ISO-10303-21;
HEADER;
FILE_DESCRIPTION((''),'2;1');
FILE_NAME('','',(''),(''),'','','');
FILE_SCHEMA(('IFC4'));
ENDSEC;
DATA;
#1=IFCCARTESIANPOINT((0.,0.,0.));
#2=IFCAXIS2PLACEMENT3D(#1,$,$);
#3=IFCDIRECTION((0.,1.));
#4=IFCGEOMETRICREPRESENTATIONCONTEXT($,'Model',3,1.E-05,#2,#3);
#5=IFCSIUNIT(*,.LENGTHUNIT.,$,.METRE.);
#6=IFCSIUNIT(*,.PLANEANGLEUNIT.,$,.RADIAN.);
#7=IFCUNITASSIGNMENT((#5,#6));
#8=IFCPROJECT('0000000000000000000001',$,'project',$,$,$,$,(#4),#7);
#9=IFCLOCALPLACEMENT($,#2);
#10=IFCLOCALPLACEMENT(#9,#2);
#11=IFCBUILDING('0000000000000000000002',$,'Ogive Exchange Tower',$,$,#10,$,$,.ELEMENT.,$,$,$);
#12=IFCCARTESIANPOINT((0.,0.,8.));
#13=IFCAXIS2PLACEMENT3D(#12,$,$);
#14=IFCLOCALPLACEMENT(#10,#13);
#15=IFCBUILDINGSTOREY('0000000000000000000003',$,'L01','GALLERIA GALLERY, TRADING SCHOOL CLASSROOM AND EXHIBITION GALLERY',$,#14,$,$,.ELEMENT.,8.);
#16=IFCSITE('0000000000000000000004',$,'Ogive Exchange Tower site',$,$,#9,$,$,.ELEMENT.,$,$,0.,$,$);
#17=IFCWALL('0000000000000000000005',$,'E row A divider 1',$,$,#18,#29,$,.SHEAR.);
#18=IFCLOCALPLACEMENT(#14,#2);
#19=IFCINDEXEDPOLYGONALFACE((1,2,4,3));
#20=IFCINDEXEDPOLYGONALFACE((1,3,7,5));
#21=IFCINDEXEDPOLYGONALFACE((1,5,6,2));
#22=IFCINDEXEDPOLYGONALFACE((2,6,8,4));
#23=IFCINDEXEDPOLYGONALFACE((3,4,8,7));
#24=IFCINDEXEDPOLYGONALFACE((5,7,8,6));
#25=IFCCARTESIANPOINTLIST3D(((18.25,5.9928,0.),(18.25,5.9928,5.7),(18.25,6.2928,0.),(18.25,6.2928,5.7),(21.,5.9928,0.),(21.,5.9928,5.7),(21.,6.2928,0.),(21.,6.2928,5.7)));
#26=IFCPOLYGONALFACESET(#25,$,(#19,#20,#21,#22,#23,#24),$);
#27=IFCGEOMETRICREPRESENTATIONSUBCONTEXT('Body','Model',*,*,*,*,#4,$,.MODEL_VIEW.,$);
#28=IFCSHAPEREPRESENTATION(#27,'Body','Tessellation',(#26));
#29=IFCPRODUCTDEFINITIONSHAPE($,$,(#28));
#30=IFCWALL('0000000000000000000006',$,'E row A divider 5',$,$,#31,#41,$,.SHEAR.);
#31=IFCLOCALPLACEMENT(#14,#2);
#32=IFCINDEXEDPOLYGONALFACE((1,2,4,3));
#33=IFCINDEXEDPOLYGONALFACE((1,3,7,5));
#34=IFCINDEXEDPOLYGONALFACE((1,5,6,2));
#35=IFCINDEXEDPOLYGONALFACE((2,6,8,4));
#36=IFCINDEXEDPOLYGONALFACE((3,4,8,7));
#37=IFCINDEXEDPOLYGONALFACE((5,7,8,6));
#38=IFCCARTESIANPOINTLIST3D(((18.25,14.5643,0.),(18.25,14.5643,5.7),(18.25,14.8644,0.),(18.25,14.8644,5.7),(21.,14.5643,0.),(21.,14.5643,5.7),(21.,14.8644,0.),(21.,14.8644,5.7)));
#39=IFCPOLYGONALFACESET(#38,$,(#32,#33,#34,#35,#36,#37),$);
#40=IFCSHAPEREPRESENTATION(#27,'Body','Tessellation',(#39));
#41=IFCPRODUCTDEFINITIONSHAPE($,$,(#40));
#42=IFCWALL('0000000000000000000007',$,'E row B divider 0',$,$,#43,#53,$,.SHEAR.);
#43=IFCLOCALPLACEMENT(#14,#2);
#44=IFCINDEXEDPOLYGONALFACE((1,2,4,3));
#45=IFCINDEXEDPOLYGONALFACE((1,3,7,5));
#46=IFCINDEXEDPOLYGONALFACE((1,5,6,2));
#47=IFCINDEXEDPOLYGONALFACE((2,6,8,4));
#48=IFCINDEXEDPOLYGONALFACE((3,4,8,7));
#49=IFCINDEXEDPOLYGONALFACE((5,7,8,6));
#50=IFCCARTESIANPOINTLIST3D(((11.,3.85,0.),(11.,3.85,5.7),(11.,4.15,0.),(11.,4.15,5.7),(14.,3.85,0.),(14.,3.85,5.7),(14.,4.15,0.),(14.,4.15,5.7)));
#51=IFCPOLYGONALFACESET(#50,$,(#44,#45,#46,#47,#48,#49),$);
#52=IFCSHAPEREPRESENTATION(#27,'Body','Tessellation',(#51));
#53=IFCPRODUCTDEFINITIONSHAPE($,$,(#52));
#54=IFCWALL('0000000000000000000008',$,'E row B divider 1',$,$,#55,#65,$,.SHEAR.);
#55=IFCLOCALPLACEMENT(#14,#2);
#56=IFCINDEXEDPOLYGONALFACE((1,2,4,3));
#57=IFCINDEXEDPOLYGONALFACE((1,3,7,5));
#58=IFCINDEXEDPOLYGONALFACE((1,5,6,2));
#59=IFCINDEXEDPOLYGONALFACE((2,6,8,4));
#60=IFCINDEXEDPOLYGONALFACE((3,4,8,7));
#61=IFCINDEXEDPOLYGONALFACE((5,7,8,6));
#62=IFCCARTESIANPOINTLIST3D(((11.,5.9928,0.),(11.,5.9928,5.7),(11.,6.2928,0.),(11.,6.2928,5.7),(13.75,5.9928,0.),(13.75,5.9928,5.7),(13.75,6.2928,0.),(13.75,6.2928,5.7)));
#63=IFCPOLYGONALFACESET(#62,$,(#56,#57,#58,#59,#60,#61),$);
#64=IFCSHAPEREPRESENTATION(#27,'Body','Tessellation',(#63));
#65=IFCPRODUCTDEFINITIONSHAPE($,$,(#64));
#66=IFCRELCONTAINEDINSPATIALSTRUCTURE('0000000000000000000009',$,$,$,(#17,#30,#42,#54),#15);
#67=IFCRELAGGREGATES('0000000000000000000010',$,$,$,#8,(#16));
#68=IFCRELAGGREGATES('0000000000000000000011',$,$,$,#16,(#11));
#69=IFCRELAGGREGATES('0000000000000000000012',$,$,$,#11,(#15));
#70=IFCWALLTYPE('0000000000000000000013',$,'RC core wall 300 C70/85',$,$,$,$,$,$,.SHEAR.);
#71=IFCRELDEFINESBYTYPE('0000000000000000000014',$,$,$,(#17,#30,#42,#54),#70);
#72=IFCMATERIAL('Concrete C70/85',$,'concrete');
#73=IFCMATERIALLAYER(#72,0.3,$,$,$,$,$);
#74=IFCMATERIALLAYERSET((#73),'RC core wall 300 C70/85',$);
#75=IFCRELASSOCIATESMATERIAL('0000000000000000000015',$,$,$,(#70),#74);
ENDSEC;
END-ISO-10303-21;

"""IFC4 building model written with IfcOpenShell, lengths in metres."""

from ifc_helpers import new_model, si_unit, direction, frame, frame_2d, origin, place, context, subcontext, project, spatial, rectangle, extrude, material, layer, layer_set, type_object, element, save


model = new_model("IFC4")

# Units and contexts
model_context = context("Model", 3, precision=1e-05, world=origin(), true_north=direction((0.0, 1.0)))
body_context = subcontext(model_context, "Body", "Model", "MODEL_VIEW")
ifc_project = project(units=[si_unit("LENGTHUNIT", "METRE"), si_unit("PLANEANGLEUNIT", "RADIAN")], contexts=[model_context])

# Site, building, storey
site_placement = place(None, origin())
site = spatial("IfcSite", under=ifc_project, at=site_placement, Name="Ogive Exchange Tower site", CompositionType="ELEMENT", RefElevation=0.0)
building_placement = place(site_placement, origin())
building = spatial("IfcBuilding", under=site, at=building_placement, Name="Ogive Exchange Tower", CompositionType="ELEMENT")
storey_placement = place(building_placement, frame((0.0, 0.0, 8.0)))
storey = spatial("IfcBuildingStorey", under=building, at=storey_placement, Name="L01", Description="GALLERIA GALLERY, TRADING SCHOOL CLASSROOM AND EXHIBITION GALLERY", CompositionType="ELEMENT", Elevation=8.0)

# Shared definitions
ifc_material_1 = material(Name="Concrete C70/85", Category="concrete")

# Walls
ifc_layer_1 = layer(ifc_material_1, 0.3)
ifc_layer_set_1 = layer_set([ifc_layer_1], Name="RC core wall 300 C70/85")
wall_type_1 = type_object("IfcWallType", Name="RC core wall 300 C70/85", PredefinedType="SHEAR", material=ifc_layer_set_1)
for number, where, z_axis, x_axis, name in (
    (1, (18.25, 6.1428, 0.0), (0.0, 0.0, 1.0), (1.0, 0.0, 0.0), "E row A divider 1"),
    (2, (18.25, 14.7144, 0.0), (0.0, 0.0, 1.0), (1.0, 0.0, 0.0), "E row A divider 5"),
):
    element("IfcWall", number, at=place(storey_placement, frame(where, z_axis=z_axis, x_axis=x_axis)), inside=storey, type_object=wall_type_1, Name=name, PredefinedType="SHEAR", context=body_context, shape_type="SweptSolid", body=[
        extrude(rectangle(XDim=2.75, YDim=0.3, at=frame_2d((1.375, 0.0))), origin(), (0.0, 0.0, 1.0), 5.7),
    ])
wall_1_placement = place(storey_placement, frame((11.0, 4.0, 0.0), z_axis=(0.0, 0.0, 1.0), x_axis=(1.0, 0.0, 0.0)))
element("IfcWall", 3, at=wall_1_placement, inside=storey, type_object=wall_type_1, Name="E row B divider 0", PredefinedType="SHEAR", context=body_context, shape_type="SweptSolid", body=[
    extrude(rectangle(XDim=3.0, YDim=0.3, at=frame_2d((1.5, 0.0))), origin(), (0.0, 0.0, 1.0), 5.7),
])
wall_2_placement = place(storey_placement, frame((11.0, 6.1428, 0.0), z_axis=(0.0, 0.0, 1.0), x_axis=(1.0, 0.0, 0.0)))
element("IfcWall", 4, at=wall_2_placement, inside=storey, type_object=wall_type_1, Name="E row B divider 1", PredefinedType="SHEAR", context=body_context, shape_type="SweptSolid", body=[
    extrude(rectangle(XDim=2.75, YDim=0.3, at=frame_2d((1.375, 0.0))), origin(), (0.0, 0.0, 1.0), 5.7),
])

save(model, "model.ifc")
